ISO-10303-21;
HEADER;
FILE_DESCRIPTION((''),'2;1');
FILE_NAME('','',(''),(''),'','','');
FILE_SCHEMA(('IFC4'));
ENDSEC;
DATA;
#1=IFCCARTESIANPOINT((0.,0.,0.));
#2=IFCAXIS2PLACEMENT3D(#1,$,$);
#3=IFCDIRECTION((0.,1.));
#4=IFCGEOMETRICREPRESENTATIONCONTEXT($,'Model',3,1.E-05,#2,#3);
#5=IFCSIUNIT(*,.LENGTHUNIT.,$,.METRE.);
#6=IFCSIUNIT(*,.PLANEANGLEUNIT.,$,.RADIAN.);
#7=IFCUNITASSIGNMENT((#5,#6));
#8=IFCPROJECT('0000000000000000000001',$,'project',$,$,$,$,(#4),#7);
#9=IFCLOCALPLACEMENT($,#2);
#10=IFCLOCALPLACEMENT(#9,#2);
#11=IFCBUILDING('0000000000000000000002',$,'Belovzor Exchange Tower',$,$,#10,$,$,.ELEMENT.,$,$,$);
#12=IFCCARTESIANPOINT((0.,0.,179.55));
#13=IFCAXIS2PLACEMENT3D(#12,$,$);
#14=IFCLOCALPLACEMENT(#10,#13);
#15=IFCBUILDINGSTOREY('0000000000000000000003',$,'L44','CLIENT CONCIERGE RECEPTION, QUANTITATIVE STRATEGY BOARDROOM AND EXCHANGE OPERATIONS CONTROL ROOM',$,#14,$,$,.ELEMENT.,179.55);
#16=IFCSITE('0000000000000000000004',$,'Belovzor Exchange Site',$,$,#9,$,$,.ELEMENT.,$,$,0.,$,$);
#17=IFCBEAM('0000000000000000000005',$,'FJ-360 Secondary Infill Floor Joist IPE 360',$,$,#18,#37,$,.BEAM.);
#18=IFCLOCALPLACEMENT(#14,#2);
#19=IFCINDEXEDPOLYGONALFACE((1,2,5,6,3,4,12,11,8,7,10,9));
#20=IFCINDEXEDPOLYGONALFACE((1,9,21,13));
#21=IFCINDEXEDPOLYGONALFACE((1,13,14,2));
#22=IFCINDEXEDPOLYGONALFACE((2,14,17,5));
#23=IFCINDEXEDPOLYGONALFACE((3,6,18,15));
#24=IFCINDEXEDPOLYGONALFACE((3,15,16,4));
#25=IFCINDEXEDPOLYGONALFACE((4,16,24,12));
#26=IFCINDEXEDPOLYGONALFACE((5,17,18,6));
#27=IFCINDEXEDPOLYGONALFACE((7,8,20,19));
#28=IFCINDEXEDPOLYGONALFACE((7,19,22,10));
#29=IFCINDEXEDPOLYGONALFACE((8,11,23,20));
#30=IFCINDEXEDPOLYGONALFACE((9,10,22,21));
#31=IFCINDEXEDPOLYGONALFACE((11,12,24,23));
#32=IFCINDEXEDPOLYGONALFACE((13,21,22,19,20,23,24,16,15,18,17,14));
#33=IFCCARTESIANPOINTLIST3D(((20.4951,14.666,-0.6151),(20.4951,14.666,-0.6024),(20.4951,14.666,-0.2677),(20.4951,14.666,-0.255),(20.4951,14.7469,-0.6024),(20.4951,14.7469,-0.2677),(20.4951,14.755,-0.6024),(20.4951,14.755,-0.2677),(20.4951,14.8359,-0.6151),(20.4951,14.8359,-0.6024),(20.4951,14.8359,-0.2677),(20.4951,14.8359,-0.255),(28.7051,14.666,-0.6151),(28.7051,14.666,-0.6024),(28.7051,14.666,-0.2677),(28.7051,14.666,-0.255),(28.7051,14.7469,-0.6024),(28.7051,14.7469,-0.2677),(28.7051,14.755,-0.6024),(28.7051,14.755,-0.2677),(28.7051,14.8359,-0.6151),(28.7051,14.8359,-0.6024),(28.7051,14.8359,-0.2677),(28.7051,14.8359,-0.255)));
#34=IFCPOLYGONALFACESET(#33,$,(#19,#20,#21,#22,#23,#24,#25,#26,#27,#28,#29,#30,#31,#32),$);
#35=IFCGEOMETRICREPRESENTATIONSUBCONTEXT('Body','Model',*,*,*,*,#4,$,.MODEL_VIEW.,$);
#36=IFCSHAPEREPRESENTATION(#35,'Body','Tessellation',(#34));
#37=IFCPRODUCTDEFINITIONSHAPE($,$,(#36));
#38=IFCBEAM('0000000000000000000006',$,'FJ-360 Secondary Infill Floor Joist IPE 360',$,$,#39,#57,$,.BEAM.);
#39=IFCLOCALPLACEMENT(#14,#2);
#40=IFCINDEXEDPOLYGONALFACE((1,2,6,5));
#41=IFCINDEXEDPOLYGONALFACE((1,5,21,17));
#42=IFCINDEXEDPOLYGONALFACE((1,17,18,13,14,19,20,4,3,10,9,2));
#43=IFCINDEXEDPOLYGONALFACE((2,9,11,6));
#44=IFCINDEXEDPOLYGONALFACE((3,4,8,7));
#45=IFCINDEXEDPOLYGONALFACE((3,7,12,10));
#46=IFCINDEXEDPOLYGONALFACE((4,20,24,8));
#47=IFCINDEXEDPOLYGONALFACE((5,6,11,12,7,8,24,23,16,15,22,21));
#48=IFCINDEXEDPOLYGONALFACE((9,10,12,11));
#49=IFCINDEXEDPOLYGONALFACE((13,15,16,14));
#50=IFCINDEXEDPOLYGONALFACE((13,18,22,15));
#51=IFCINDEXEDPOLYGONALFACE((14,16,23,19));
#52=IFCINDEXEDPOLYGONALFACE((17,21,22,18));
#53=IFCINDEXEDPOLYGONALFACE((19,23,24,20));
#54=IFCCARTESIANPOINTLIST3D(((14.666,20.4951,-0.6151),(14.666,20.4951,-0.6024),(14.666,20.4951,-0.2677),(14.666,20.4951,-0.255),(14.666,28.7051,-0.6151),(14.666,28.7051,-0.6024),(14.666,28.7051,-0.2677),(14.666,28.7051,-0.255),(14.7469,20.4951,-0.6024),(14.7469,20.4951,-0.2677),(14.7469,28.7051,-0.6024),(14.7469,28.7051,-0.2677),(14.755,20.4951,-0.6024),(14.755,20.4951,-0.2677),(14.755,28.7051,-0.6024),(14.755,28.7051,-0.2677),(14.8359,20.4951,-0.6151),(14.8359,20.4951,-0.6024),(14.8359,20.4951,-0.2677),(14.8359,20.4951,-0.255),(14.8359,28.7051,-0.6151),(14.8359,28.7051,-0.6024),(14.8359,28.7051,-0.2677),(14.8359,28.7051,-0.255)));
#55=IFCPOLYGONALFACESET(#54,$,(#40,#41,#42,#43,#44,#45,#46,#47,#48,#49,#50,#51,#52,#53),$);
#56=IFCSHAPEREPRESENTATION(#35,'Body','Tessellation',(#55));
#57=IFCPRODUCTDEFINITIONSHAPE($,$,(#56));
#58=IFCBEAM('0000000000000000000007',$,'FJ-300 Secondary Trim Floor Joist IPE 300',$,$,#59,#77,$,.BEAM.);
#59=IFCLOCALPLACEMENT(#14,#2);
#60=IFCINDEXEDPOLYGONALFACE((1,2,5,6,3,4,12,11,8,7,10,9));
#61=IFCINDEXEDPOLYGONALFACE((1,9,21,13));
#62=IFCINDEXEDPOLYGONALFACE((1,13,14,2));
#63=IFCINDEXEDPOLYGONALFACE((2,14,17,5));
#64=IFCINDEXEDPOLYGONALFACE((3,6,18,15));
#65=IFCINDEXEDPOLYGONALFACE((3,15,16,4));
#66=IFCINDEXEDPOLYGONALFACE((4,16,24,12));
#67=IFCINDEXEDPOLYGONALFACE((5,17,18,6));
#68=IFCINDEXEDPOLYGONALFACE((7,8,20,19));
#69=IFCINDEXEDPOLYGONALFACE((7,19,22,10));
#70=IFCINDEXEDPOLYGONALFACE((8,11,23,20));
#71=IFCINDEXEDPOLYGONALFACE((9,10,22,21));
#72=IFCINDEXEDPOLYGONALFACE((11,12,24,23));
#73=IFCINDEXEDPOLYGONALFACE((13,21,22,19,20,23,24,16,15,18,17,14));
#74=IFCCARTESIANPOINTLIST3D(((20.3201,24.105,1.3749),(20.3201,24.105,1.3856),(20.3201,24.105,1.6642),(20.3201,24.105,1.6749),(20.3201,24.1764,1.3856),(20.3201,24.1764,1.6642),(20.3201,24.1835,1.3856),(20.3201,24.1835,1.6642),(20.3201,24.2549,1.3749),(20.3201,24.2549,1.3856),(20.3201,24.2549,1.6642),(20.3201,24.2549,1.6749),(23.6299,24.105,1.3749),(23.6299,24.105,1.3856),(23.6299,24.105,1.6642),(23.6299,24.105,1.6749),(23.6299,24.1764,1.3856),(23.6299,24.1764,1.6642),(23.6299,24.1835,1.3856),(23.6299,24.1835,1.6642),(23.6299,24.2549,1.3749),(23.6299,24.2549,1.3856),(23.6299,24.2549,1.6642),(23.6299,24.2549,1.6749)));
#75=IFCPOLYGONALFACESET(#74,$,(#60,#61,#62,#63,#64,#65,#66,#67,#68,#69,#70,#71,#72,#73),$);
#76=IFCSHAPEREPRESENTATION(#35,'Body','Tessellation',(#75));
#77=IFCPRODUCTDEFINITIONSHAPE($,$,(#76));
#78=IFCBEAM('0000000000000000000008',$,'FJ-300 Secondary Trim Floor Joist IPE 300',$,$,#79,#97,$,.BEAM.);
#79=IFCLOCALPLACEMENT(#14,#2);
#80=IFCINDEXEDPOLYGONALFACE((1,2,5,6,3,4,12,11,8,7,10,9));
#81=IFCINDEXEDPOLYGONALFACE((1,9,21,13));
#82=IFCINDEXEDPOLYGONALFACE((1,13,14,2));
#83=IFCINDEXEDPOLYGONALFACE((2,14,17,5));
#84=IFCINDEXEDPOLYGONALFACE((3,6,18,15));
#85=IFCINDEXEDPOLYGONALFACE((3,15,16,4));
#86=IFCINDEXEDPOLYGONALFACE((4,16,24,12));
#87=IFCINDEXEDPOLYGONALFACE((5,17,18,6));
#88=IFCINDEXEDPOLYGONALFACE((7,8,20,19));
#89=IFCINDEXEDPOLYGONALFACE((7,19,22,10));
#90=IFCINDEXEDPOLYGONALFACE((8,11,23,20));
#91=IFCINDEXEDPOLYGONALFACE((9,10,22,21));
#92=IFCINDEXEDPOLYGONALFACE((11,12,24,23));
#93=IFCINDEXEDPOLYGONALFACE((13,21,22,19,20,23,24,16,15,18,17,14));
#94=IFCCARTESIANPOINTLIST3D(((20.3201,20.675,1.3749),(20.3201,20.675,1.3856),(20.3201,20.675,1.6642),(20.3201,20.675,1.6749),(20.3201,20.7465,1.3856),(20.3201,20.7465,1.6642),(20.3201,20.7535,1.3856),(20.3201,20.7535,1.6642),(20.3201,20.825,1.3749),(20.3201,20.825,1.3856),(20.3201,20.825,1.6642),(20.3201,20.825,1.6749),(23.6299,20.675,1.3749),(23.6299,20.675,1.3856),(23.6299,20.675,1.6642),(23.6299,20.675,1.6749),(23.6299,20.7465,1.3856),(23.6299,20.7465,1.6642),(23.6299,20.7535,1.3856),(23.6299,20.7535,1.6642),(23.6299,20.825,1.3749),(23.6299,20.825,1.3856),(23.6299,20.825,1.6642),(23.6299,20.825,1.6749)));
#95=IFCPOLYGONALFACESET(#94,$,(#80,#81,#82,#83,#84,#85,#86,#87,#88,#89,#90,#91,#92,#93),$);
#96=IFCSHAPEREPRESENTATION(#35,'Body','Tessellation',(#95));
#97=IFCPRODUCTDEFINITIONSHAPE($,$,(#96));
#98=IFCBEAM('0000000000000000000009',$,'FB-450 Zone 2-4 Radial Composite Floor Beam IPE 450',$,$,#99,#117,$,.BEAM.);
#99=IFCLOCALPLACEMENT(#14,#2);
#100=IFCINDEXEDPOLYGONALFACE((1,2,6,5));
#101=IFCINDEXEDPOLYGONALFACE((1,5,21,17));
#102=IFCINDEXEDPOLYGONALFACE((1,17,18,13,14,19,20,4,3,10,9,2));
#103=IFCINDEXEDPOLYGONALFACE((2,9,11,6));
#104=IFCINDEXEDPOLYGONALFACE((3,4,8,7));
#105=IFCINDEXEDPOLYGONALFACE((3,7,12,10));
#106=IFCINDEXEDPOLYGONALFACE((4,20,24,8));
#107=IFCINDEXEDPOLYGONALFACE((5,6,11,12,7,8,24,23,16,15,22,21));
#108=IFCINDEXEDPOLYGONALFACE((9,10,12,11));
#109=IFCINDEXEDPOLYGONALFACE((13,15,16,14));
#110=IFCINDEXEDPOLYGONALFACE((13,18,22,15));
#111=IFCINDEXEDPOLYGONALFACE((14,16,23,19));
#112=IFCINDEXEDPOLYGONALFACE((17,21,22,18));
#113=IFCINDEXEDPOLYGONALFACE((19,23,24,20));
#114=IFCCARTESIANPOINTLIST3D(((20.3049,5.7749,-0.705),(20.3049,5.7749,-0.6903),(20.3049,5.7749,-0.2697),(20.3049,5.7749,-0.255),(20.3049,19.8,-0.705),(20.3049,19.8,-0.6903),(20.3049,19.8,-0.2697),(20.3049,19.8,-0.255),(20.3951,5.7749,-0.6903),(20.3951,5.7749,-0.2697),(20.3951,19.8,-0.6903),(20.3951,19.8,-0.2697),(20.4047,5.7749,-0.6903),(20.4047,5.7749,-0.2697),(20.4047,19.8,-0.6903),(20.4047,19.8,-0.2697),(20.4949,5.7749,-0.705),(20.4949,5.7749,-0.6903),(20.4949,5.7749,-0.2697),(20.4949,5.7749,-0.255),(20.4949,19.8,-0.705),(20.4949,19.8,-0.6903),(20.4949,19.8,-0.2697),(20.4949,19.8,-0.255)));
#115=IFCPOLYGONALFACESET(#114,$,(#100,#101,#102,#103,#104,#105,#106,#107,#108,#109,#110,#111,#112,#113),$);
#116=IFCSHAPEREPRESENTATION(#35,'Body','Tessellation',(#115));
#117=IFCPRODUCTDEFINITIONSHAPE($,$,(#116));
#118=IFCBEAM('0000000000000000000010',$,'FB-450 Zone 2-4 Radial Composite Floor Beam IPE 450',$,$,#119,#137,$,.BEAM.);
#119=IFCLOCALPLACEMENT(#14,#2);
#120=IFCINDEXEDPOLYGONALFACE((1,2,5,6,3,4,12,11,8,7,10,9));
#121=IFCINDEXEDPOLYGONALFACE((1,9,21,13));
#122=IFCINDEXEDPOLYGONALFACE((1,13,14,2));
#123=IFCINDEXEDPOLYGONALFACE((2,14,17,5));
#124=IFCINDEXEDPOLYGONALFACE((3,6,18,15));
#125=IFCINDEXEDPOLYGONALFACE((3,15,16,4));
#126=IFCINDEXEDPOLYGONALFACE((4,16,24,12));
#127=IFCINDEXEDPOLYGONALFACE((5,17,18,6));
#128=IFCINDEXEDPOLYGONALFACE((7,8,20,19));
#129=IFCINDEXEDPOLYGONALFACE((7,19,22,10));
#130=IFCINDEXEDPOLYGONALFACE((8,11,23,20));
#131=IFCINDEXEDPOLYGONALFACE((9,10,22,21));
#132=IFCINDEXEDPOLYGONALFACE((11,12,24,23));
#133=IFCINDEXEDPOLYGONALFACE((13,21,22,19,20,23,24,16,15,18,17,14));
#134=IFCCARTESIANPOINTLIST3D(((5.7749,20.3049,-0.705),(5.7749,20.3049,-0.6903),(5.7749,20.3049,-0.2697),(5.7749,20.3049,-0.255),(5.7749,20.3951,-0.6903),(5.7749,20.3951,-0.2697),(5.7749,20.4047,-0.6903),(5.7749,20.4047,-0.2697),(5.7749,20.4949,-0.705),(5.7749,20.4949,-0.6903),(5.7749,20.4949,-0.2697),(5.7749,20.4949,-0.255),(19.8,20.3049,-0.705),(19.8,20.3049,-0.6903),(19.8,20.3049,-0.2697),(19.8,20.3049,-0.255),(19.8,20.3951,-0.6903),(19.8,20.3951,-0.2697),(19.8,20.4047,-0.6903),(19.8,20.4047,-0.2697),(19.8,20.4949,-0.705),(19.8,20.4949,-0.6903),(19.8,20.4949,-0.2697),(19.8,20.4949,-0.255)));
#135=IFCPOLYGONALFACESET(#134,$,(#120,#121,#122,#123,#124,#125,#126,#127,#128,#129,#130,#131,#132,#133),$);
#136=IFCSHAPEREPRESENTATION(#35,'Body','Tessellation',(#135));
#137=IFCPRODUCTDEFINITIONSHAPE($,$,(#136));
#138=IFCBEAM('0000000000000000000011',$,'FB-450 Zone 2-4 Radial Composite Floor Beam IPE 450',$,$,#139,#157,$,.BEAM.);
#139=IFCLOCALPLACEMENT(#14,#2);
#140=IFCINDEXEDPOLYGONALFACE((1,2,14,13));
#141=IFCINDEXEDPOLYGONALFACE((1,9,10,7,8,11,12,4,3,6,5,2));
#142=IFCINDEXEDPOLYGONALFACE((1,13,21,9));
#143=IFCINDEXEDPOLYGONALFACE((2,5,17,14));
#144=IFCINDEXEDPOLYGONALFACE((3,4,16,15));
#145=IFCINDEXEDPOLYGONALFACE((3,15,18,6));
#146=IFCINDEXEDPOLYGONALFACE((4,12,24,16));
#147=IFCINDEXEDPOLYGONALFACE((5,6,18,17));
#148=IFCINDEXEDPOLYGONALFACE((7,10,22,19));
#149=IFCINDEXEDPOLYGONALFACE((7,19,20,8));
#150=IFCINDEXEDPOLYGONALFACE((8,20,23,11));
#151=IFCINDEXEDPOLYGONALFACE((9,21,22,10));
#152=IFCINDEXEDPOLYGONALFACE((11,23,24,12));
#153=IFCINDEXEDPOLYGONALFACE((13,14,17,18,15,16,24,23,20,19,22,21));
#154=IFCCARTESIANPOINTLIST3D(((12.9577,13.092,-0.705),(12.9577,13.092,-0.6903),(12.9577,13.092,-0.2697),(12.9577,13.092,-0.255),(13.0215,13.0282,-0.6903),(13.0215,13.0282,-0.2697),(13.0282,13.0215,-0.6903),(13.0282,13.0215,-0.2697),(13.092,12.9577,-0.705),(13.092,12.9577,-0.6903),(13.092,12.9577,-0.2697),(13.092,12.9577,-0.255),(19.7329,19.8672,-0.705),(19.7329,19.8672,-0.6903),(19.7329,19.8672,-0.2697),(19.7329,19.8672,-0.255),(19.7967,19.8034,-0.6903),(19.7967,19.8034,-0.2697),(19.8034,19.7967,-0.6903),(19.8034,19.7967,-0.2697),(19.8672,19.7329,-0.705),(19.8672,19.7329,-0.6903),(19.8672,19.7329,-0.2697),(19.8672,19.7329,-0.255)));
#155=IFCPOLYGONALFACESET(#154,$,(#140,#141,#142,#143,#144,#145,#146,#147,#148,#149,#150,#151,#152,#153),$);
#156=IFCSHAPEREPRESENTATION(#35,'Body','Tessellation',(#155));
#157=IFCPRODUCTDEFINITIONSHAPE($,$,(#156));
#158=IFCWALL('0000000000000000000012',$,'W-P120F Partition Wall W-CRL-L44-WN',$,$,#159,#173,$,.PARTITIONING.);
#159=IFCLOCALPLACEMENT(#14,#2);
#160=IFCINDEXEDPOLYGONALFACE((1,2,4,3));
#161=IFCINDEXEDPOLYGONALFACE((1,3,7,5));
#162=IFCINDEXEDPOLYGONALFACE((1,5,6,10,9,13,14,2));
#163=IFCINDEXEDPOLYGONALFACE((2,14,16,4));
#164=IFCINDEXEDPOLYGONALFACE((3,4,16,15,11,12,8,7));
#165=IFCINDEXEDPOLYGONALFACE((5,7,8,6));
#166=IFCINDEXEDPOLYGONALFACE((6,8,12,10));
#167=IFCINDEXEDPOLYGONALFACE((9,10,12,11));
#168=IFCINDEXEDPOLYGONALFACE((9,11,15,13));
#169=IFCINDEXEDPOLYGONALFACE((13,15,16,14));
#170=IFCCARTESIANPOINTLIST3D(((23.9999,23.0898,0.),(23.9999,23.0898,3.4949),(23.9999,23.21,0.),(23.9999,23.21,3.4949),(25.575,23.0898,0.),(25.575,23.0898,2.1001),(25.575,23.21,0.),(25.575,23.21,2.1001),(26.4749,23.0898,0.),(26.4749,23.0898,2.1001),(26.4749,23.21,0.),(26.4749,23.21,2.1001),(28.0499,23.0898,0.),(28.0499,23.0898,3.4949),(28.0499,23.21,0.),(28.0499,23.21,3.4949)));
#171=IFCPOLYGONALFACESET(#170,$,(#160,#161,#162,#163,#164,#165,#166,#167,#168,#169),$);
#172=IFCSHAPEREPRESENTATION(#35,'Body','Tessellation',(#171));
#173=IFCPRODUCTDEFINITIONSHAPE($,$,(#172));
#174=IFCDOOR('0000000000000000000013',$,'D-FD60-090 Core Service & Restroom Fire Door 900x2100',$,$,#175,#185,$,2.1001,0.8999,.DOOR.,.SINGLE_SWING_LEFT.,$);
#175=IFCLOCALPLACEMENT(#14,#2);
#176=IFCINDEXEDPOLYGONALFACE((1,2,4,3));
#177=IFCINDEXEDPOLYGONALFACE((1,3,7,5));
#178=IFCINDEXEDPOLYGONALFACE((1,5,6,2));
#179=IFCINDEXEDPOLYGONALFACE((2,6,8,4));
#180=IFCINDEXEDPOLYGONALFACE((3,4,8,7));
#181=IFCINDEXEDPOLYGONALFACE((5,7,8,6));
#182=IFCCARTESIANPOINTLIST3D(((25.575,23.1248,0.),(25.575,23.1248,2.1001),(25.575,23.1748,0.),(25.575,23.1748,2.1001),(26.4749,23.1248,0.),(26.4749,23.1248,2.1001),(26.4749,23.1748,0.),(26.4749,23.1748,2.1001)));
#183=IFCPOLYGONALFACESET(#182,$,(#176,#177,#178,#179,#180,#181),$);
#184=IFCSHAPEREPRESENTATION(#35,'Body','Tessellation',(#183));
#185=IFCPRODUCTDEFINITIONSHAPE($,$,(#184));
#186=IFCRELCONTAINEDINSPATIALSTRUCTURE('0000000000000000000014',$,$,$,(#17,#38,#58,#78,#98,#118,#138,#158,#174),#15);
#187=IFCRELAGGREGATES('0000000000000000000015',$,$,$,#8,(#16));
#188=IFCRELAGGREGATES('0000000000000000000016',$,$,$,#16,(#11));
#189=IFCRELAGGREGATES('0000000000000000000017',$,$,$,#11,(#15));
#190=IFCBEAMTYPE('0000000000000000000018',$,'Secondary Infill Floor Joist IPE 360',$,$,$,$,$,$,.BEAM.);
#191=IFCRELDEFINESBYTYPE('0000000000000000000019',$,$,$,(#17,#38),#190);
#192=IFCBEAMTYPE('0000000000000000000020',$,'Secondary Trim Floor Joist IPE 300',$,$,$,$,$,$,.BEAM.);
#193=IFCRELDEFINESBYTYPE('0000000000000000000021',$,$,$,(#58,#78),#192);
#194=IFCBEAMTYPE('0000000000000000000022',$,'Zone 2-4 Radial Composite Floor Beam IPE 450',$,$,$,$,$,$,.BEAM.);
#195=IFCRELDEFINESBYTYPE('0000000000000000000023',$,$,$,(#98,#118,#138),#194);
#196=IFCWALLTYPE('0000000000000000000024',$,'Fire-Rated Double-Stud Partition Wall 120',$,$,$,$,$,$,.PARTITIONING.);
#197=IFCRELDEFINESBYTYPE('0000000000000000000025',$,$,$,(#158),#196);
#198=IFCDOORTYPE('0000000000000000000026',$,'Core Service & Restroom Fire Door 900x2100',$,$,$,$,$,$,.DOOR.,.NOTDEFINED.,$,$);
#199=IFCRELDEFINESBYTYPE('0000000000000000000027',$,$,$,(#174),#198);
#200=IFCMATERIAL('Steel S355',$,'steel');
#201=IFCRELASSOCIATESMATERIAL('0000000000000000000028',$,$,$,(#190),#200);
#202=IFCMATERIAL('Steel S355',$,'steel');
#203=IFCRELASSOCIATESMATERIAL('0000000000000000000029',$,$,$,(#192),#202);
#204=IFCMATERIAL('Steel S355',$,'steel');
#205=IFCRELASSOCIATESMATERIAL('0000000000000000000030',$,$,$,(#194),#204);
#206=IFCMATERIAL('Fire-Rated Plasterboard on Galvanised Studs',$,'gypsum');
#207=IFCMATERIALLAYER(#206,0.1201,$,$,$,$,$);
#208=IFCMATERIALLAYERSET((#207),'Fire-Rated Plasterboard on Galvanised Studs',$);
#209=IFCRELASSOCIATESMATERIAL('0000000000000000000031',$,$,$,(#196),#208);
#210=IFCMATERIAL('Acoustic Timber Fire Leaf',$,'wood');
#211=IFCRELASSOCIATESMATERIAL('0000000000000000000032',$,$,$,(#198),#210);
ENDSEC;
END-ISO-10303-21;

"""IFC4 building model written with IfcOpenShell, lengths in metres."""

from ifc_helpers import new_model, si_unit, direction, frame, frame_2d, origin, origin_2d, place, context, subcontext, project, spatial, rectangle, i_section, extrude, material, layer, layer_set, material_profile, profile_set, type_object, element, fill, save


model = new_model("IFC4")

# Units and contexts
model_context = context("Model", 3, precision=1e-05, world=origin(), true_north=direction((0.0, 1.0)))
body_context = subcontext(model_context, "Body", "Model", "MODEL_VIEW")
ifc_project = project(units=[si_unit("LENGTHUNIT", "METRE"), si_unit("PLANEANGLEUNIT", "RADIAN")], contexts=[model_context])

# Site, building, storey
site_placement = place(None, origin())
site = spatial("IfcSite", under=ifc_project, at=site_placement, Name="Belovzor Exchange Site", CompositionType="ELEMENT", RefElevation=0.0)
building_placement = place(site_placement, origin())
building = spatial("IfcBuilding", under=site, at=building_placement, Name="Belovzor Exchange Tower", CompositionType="ELEMENT")
storey_placement = place(building_placement, frame((0.0, 0.0, 179.55)))
storey = spatial("IfcBuildingStorey", under=building, at=storey_placement, Name="L44", Description="CLIENT CONCIERGE RECEPTION, QUANTITATIVE STRATEGY BOARDROOM AND EXCHANGE OPERATIONS CONTROL ROOM", CompositionType="ELEMENT", Elevation=179.55)

# Beams
ifc_material_1 = material(Name="Steel S355", Category="steel")
ifc_material_profile_1 = material_profile(ifc_material_1, i_section(OverallWidth=0.1699, OverallDepth=0.3601, WebThickness=0.0081, FlangeThickness=0.0127, at=origin_2d()))
ifc_profile_set_1 = profile_set([ifc_material_profile_1], Name="Steel S355")
beam_type_1 = type_object("IfcBeamType", Name="Secondary Infill Floor Joist IPE 360", PredefinedType="BEAM", material=ifc_profile_set_1)
for number, where, z_axis, x_axis, name in (
    (1, (20.4951, 14.751, -0.4351), (1.0, 0.0, 0.0), (0.0, 1.0, 0.0), "FJ-360 Secondary Infill Floor Joist IPE 360"),
    (2, (14.751, 20.4951, -0.4351), (0.0, 1.0, 0.0), (-1.0, 0.0, 0.0), "FJ-360 Secondary Infill Floor Joist IPE 360"),
):
    element("IfcBeam", number, at=place(storey_placement, frame(where, z_axis=z_axis, x_axis=x_axis)), inside=storey, type_object=beam_type_1, Name=name, PredefinedType="BEAM", context=body_context, shape_type="SweptSolid", body=[
        extrude(i_section(OverallWidth=0.1699, OverallDepth=0.3601, WebThickness=0.0081, FlangeThickness=0.0127, at=origin_2d()), origin(), (0.0, 0.0, 1.0), 8.21),
    ])
ifc_material_2 = material(Name="Steel S355", Category="steel")
ifc_material_profile_2 = material_profile(ifc_material_2, i_section(OverallWidth=0.1499, OverallDepth=0.3, WebThickness=0.0071, FlangeThickness=0.0107, at=origin_2d()))
ifc_profile_set_2 = profile_set([ifc_material_profile_2], Name="Steel S355")
beam_type_2 = type_object("IfcBeamType", Name="Secondary Trim Floor Joist IPE 300", PredefinedType="BEAM", material=ifc_profile_set_2)
for number, where, z_axis, x_axis, name in (
    (3, (20.3201, 24.1799, 1.5249), (1.0, 0.0, 0.0), (0.0, 1.0, 0.0), "FJ-300 Secondary Trim Floor Joist IPE 300"),
    (4, (20.3201, 20.75, 1.5249), (1.0, 0.0, 0.0), (0.0, 1.0, 0.0), "FJ-300 Secondary Trim Floor Joist IPE 300"),
):
    element("IfcBeam", number, at=place(storey_placement, frame(where, z_axis=z_axis, x_axis=x_axis)), inside=storey, type_object=beam_type_2, Name=name, PredefinedType="BEAM", context=body_context, shape_type="SweptSolid", body=[
        extrude(i_section(OverallWidth=0.1499, OverallDepth=0.3, WebThickness=0.0071, FlangeThickness=0.0107, at=origin_2d()), origin(), (0.0, 0.0, 1.0), 3.3098),
    ])
ifc_material_3 = material(Name="Steel S355", Category="steel")
ifc_material_profile_3 = material_profile(ifc_material_3, i_section(OverallWidth=0.1899, OverallDepth=0.45, WebThickness=0.0095, FlangeThickness=0.0146, at=origin_2d()))
ifc_profile_set_3 = profile_set([ifc_material_profile_3], Name="Steel S355")
beam_type_3 = type_object("IfcBeamType", Name="Zone 2-4 Radial Composite Floor Beam IPE 450", PredefinedType="BEAM", material=ifc_profile_set_3)
for number, where, z_axis, x_axis, name in (
    (5, (20.3999, 19.8, -0.48), (0.0, -1.0, 0.0), (1.0, 0.0, 0.0), "FB-450 Zone 2-4 Radial Composite Floor Beam IPE 450"),
    (6, (19.8, 20.3999, -0.48), (-1.0, 0.0, 0.0), (0.0, -1.0, 0.0), "FB-450 Zone 2-4 Radial Composite Floor Beam IPE 450"),
):
    element("IfcBeam", number, at=place(storey_placement, frame(where, z_axis=z_axis, x_axis=x_axis)), inside=storey, type_object=beam_type_3, Name=name, PredefinedType="BEAM", context=body_context, shape_type="SweptSolid", body=[
        extrude(i_section(OverallWidth=0.1899, OverallDepth=0.45, WebThickness=0.0095, FlangeThickness=0.0146, at=origin_2d()), origin(), (0.0, 0.0, 1.0), 14.0251),
    ])
beam_placement = place(storey_placement, frame((19.8, 19.8, -0.48), z_axis=(-0.707107, -0.707107, 0.0), x_axis=(0.707107, -0.707107, 0.0)))
element("IfcBeam", 7, at=beam_placement, inside=storey, type_object=beam_type_3, Name="FB-450 Zone 2-4 Radial Composite Floor Beam IPE 450", PredefinedType="BEAM", context=body_context, shape_type="SweptSolid", body=[
    extrude(i_section(OverallWidth=0.1899, OverallDepth=0.45, WebThickness=0.0095, FlangeThickness=0.0146, at=origin_2d()), origin(), (0.0, 0.0, 1.0), 9.5815),
])

# Wall, opening, door
ifc_material_4 = material(Name="Fire-Rated Plasterboard on Galvanised Studs", Category="gypsum")
ifc_layer_1 = layer(ifc_material_4, 0.1201)
ifc_layer_set_1 = layer_set([ifc_layer_1], Name="Fire-Rated Plasterboard on Galvanised Studs")
wall_type_1 = type_object("IfcWallType", Name="Fire-Rated Double-Stud Partition Wall 120", PredefinedType="PARTITIONING", material=ifc_layer_set_1)
wall_1_placement = place(storey_placement, frame((24.0, 23.1499, 0.0), z_axis=(0.0, 0.0, 1.0), x_axis=(1.0, 0.0, 0.0)))
wall_1 = element("IfcWall", 8, at=wall_1_placement, inside=storey, type_object=wall_type_1, Name="W-P120F Partition Wall W-CRL-L44-WN", PredefinedType="PARTITIONING", context=body_context, shape_type="SweptSolid", body=[
    extrude(rectangle(XDim=4.05, YDim=0.1201, at=frame_2d((2.0249, 0.0))), origin(), (0.0, 0.0, 1.0), 3.4949),
])
opening_1_placement = place(wall_1_placement, frame((1.575, 0.0, 0.0)))
opening_1 = element("IfcOpeningElement", 9, at=opening_1_placement, cuts=wall_1, PredefinedType="OPENING", context=body_context, shape_type="SweptSolid", body=[
    extrude(rectangle(XDim=0.8999, YDim=2.1001, at=frame_2d((0.45, 1.05))), frame((0.0, 0.0701, 0.0), z_axis=(0.0, -1.0, 0.0), x_axis=(1.0, 0.0, 0.0)), (0.0, 0.0, 1.0), 0.1401),
])
ifc_material_5 = material(Name="Acoustic Timber Fire Leaf", Category="wood")
door_type_1 = type_object("IfcDoorType", Name="Core Service & Restroom Fire Door 900x2100", OperationType="NOTDEFINED", PredefinedType="DOOR", material=ifc_material_5)
door_1_placement = place(opening_1_placement, origin())
door_1 = element("IfcDoor", 10, at=door_1_placement, inside=storey, type_object=door_type_1, Name="D-FD60-090 Core Service & Restroom Fire Door 900x2100", OperationType="SINGLE_SWING_LEFT", OverallHeight=2.1001, OverallWidth=0.8999, PredefinedType="DOOR", context=body_context, shape_type="SweptSolid", body=[
    extrude(rectangle(XDim=0.8999, YDim=2.1001, at=frame_2d((0.45, 1.05))), frame((0.0, 0.0249, 0.0), z_axis=(0.0, -1.0, 0.0), x_axis=(1.0, 0.0, 0.0)), (0.0, 0.0, 1.0), 0.05),
])
fill(opening_1, door_1)

save(model, "model.ifc")
